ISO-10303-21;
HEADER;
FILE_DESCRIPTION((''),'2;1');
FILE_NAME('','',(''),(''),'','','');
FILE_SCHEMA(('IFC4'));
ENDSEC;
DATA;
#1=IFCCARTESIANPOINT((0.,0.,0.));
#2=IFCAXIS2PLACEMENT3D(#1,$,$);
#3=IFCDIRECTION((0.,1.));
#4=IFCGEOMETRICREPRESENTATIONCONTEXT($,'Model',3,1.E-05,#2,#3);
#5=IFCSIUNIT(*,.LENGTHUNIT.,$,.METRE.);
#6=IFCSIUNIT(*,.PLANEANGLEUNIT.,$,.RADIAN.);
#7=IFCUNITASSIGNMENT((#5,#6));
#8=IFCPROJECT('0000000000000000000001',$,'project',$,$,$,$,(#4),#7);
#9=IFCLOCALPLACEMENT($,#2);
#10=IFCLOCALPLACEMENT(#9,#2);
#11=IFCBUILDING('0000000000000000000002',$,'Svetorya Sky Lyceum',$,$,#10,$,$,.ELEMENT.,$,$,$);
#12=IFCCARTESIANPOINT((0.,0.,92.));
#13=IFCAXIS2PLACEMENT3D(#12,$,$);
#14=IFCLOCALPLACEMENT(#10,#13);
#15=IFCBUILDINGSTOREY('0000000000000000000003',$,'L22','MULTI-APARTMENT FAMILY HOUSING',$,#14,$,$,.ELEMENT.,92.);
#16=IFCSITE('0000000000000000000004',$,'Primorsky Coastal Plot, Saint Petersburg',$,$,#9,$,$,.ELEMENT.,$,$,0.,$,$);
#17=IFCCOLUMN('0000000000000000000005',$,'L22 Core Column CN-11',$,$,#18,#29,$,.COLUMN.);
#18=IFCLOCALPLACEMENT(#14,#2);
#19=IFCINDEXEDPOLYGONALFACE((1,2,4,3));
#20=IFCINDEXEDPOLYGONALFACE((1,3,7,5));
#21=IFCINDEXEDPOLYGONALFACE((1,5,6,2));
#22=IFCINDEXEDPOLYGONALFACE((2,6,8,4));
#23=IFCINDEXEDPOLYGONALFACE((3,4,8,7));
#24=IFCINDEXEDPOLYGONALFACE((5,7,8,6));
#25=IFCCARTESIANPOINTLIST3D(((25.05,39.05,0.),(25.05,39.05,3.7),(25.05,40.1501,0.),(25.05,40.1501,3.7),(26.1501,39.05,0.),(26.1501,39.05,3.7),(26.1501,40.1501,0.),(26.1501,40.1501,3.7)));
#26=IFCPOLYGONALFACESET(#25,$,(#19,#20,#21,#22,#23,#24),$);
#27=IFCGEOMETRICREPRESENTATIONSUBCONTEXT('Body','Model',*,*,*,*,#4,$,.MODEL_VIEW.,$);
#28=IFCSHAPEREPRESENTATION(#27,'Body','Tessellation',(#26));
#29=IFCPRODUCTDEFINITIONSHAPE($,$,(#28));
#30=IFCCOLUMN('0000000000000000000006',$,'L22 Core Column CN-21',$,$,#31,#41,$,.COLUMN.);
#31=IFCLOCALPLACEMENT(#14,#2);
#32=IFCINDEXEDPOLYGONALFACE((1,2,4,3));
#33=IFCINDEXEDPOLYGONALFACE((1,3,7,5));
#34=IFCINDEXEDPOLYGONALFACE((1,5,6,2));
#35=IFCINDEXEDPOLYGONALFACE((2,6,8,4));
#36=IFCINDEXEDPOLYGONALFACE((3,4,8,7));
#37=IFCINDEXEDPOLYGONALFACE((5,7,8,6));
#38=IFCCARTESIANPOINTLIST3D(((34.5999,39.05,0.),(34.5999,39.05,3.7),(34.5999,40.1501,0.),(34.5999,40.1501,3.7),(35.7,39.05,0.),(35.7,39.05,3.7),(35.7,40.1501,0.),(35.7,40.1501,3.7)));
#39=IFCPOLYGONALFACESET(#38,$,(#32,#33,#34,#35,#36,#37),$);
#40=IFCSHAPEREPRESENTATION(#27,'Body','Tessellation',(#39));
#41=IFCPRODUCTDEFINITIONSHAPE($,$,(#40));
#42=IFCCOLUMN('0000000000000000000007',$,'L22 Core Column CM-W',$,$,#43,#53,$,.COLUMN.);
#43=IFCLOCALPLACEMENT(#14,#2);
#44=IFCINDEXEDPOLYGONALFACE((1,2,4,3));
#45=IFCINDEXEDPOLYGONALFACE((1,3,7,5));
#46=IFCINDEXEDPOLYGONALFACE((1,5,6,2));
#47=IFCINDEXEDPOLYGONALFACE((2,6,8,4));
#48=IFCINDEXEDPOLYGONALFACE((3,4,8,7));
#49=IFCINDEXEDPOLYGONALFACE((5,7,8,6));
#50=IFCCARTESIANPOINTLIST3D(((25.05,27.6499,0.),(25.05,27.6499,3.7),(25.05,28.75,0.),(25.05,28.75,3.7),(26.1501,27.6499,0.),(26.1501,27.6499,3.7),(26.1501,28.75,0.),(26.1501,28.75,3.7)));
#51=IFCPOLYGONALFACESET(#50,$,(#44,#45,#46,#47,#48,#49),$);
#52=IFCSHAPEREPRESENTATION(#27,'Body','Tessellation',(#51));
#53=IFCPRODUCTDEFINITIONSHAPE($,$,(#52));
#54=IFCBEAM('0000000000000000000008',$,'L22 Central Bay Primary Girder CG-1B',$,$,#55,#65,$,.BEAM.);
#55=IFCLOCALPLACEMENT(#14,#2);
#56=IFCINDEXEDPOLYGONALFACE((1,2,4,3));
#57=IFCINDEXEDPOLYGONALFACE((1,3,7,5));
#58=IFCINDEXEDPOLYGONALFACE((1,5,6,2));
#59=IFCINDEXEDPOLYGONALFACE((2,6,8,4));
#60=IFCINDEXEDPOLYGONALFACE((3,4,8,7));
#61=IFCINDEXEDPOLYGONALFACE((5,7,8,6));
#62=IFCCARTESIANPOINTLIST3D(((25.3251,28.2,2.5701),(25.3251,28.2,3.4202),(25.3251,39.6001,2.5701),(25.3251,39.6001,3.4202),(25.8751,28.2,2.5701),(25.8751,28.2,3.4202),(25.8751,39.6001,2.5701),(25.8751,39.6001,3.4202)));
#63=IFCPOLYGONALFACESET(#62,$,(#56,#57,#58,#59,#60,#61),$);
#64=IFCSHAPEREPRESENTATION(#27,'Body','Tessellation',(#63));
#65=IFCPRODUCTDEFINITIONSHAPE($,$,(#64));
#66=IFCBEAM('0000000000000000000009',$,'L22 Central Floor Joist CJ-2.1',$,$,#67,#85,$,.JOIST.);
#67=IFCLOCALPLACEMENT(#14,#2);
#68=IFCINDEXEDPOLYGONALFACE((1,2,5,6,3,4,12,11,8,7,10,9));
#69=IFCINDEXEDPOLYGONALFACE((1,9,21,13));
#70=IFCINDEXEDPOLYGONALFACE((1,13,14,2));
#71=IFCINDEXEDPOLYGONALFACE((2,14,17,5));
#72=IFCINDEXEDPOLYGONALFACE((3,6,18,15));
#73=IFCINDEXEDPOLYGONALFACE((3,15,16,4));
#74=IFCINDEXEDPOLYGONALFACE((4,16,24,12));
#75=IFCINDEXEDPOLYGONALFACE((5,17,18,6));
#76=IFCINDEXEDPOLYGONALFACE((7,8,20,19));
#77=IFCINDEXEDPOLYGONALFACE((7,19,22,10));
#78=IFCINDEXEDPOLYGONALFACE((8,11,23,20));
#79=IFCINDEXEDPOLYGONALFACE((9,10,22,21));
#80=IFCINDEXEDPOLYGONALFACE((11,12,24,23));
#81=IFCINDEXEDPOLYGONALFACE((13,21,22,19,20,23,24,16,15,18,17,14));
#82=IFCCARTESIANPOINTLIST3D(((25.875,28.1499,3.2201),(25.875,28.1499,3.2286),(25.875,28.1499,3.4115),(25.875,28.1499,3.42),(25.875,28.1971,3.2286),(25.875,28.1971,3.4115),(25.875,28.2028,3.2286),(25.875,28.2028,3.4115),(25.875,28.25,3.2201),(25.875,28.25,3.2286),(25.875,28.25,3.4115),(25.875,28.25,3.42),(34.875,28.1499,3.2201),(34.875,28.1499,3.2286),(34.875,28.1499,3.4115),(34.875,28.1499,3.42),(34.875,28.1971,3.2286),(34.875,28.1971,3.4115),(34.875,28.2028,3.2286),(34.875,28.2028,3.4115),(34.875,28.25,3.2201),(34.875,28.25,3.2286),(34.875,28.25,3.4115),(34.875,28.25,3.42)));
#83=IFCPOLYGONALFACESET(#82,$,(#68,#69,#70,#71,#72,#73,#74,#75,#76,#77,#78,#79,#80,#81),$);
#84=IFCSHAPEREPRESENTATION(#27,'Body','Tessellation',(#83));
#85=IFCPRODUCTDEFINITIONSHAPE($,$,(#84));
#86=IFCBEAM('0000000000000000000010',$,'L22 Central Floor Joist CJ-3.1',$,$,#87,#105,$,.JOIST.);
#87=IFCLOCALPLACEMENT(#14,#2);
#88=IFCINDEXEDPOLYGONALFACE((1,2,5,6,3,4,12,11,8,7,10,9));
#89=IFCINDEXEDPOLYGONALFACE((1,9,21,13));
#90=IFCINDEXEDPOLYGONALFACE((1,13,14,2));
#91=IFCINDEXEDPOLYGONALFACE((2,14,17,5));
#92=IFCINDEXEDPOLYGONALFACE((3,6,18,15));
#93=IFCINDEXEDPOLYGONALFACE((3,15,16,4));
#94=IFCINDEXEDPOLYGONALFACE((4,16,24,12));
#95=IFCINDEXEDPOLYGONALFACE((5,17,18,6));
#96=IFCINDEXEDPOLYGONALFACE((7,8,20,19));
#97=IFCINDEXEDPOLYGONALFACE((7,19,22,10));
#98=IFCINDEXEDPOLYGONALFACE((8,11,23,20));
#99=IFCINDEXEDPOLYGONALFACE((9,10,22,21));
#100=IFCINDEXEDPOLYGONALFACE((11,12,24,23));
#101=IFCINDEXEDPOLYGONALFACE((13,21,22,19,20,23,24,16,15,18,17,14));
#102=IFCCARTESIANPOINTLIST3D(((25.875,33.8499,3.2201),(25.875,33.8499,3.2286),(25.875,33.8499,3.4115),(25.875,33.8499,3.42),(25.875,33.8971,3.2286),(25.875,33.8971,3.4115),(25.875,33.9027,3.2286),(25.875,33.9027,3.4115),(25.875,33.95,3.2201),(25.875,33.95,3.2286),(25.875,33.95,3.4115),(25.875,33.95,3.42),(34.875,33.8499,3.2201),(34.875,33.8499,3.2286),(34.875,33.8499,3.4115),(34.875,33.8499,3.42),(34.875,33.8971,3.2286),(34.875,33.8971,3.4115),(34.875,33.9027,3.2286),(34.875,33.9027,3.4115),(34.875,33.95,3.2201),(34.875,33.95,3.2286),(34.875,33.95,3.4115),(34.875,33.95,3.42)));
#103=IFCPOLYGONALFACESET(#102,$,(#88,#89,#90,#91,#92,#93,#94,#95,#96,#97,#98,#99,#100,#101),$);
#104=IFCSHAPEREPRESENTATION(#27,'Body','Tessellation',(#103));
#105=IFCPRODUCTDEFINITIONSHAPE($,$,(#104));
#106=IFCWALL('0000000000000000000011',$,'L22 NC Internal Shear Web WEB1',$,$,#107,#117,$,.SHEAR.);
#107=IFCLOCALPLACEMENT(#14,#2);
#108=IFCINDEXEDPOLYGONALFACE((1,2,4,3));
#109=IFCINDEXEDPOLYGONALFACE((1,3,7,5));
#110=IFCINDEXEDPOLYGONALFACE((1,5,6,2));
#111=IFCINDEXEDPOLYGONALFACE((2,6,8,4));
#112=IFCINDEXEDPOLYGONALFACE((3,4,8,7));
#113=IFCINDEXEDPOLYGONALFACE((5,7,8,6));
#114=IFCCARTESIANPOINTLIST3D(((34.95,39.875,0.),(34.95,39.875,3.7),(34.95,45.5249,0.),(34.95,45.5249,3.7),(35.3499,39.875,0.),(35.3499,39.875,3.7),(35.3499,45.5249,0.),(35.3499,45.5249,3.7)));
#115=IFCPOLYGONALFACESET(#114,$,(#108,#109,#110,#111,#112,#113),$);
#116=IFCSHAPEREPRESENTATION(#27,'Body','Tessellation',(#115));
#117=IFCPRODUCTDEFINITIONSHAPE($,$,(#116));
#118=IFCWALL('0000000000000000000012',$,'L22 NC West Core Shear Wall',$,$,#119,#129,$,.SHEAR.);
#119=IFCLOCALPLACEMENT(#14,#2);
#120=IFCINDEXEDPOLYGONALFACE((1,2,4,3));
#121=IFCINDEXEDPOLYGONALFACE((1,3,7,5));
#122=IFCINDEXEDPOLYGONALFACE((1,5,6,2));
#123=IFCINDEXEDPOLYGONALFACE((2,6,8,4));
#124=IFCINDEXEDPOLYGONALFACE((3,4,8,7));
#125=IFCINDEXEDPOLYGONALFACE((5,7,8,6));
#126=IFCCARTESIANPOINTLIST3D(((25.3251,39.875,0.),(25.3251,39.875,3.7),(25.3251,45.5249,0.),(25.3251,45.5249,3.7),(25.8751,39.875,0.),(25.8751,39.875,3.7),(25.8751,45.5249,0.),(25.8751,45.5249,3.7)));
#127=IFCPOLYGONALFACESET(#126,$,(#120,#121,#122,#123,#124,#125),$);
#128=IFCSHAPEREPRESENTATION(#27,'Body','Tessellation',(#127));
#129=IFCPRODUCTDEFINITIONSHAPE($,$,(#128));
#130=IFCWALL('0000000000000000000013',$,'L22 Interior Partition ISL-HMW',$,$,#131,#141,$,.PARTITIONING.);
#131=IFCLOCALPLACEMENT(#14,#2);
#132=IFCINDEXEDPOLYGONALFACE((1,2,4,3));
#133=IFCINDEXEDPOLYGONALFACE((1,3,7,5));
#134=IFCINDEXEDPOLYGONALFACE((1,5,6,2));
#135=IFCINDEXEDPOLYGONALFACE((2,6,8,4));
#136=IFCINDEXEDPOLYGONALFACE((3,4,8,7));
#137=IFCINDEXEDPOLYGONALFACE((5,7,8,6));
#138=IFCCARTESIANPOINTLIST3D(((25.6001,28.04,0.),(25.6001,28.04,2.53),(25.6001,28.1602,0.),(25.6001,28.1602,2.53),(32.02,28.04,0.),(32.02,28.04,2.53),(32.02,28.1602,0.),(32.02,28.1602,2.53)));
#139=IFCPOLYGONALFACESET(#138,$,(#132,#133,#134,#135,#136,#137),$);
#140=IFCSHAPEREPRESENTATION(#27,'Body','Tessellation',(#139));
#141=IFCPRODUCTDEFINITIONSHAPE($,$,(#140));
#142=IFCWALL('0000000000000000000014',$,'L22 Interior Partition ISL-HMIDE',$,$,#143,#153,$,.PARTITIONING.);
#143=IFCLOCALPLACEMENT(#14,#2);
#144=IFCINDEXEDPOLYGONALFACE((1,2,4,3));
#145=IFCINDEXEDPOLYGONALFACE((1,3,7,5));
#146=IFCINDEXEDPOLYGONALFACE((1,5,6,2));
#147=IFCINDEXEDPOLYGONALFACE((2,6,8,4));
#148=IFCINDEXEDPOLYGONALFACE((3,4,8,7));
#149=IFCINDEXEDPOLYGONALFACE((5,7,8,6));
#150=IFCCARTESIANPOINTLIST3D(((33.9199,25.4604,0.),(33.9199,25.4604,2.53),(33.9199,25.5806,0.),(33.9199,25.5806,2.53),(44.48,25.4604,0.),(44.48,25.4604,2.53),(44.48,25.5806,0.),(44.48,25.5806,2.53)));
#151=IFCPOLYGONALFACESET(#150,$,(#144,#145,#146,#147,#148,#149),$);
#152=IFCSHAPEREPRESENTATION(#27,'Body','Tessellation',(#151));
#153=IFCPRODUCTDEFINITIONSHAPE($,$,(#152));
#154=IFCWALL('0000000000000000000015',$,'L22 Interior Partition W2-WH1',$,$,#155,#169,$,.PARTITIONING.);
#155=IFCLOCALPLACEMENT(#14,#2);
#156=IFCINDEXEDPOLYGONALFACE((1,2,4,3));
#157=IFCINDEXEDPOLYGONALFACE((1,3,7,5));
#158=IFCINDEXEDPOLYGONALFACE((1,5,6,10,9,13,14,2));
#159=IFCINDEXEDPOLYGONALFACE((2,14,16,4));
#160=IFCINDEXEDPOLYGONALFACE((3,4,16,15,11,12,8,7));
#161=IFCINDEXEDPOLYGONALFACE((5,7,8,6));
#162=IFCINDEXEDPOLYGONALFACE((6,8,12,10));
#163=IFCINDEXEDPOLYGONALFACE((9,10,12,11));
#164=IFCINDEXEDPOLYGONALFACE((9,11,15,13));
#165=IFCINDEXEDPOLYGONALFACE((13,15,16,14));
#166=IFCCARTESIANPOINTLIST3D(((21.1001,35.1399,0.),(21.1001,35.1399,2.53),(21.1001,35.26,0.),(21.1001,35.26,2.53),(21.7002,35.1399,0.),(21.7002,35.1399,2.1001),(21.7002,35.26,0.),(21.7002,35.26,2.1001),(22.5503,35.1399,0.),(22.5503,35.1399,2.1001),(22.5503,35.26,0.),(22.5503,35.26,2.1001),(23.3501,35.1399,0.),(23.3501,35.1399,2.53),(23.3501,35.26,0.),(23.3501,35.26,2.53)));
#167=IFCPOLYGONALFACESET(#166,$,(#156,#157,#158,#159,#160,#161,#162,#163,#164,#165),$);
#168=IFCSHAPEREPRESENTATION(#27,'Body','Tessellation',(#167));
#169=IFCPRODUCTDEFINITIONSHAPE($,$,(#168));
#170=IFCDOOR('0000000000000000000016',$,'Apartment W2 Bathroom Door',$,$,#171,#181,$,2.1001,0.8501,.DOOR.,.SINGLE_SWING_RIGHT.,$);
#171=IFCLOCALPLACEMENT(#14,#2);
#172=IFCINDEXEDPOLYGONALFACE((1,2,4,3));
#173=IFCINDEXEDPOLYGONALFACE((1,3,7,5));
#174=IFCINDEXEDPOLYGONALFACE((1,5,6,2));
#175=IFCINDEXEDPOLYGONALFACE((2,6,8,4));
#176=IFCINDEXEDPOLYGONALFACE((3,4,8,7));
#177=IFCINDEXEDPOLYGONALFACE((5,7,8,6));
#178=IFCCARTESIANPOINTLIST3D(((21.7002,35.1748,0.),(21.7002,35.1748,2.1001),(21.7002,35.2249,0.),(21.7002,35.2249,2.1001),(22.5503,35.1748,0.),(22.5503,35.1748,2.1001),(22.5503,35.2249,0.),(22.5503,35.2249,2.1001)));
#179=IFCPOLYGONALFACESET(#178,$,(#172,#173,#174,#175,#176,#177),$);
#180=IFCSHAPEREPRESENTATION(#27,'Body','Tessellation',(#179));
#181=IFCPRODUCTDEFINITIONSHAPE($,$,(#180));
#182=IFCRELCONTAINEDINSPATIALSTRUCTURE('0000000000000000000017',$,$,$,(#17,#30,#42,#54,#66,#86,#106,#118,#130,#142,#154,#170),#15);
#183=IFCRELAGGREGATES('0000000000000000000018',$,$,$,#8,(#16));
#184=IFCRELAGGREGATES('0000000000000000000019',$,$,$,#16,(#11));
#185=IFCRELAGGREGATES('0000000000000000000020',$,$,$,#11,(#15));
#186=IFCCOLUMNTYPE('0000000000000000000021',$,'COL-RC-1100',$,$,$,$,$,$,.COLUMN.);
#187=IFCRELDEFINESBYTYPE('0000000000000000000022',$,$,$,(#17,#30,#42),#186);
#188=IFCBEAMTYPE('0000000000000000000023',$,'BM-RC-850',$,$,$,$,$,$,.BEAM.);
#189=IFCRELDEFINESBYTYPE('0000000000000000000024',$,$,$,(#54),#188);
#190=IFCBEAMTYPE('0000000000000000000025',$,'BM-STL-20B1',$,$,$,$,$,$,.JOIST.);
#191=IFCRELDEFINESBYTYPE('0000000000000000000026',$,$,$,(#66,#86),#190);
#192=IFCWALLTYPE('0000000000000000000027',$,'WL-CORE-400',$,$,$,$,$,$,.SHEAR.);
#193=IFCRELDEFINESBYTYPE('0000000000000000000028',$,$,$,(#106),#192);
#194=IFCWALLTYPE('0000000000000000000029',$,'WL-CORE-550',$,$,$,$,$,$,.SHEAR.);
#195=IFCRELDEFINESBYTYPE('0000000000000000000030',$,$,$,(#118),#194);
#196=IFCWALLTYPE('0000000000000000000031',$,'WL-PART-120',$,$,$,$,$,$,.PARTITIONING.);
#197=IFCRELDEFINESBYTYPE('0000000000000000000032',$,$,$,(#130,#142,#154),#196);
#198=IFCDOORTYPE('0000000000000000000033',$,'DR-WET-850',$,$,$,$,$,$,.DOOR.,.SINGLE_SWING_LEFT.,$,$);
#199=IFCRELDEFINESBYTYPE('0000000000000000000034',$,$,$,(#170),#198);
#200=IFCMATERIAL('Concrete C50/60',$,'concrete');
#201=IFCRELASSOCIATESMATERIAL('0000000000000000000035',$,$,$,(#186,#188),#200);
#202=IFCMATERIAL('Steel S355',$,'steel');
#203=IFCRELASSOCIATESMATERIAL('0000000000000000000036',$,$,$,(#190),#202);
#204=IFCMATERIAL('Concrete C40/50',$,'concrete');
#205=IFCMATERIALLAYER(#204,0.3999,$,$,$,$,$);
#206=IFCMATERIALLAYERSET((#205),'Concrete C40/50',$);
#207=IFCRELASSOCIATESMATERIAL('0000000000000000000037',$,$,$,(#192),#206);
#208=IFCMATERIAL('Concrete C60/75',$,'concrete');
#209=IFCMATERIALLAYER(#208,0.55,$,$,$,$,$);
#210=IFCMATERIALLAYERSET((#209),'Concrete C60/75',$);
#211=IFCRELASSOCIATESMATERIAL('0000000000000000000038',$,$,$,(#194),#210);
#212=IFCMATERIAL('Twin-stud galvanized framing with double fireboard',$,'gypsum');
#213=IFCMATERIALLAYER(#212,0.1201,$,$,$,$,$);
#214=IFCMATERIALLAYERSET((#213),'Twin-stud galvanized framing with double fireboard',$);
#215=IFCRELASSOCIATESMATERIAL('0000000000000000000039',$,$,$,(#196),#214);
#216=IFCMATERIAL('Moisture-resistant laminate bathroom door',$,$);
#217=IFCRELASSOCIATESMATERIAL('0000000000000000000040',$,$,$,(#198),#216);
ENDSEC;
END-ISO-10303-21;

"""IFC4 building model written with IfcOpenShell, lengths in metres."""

from ifc_helpers import new_model, si_unit, direction, frame, frame_2d, origin, origin_2d, place, context, subcontext, project, spatial, rectangle, i_section, extrude, material, layer, layer_set, material_profile, profile_set, type_object, element, fill, save


model = new_model("IFC4")

# Units and contexts
model_context = context("Model", 3, precision=1e-05, world=origin(), true_north=direction((0.0, 1.0)))
body_context = subcontext(model_context, "Body", "Model", "MODEL_VIEW")
ifc_project = project(units=[si_unit("LENGTHUNIT", "METRE"), si_unit("PLANEANGLEUNIT", "RADIAN")], contexts=[model_context])

# Site, building, storey
site_placement = place(None, origin())
site = spatial("IfcSite", under=ifc_project, at=site_placement, Name="Primorsky Coastal Plot, Saint Petersburg", CompositionType="ELEMENT", RefElevation=0.0)
building_placement = place(site_placement, origin())
building = spatial("IfcBuilding", under=site, at=building_placement, Name="Svetorya Sky Lyceum", CompositionType="ELEMENT")
storey_placement = place(building_placement, frame((0.0, 0.0, 92.0)))
storey = spatial("IfcBuildingStorey", under=building, at=storey_placement, Name="L22", Description="MULTI-APARTMENT FAMILY HOUSING", CompositionType="ELEMENT", Elevation=92.0)

# Columns
ifc_material_1 = material(Name="Concrete C50/60", Category="concrete")
ifc_material_profile_1 = material_profile(ifc_material_1, rectangle(XDim=1.1001, YDim=1.1001, at=origin_2d()), Name="RC COL 1100x1100")
ifc_profile_set_1 = profile_set([ifc_material_profile_1], Name="Concrete C50/60")
column_type = type_object("IfcColumnType", Name="COL-RC-1100", PredefinedType="COLUMN", material=ifc_profile_set_1)
for number, where, z_axis, x_axis, name in (
    (1, (25.6001, 39.6001, 0.0), (0.0, 0.0, 1.0), (1.0, 0.0, 0.0), "L22 Core Column CN-11"),
    (2, (35.1499, 39.6001, 0.0), (0.0, 0.0, 1.0), (1.0, 0.0, 0.0), "L22 Core Column CN-21"),
    (3, (25.6001, 28.2, 0.0), (0.0, 0.0, 1.0), (1.0, 0.0, 0.0), "L22 Core Column CM-W"),
):
    element("IfcColumn", number, at=place(storey_placement, frame(where, z_axis=z_axis, x_axis=x_axis)), inside=storey, type_object=column_type, Name=name, PredefinedType="COLUMN", context=body_context, shape_type="SweptSolid", body=[
        extrude(rectangle(XDim=1.1001, YDim=1.1001, at=origin_2d()), origin(), (0.0, 0.0, 1.0), 3.7),
    ])

# Beams
ifc_material_profile_2 = material_profile(ifc_material_1, rectangle(XDim=0.55, YDim=0.8501, at=origin_2d()), Name="RC BEAM 550x850")
ifc_profile_set_2 = profile_set([ifc_material_profile_2], Name="Concrete C50/60")
beam_type_1 = type_object("IfcBeamType", Name="BM-RC-850", PredefinedType="BEAM", material=ifc_profile_set_2)
beam_placement = place(storey_placement, frame((25.6001, 28.2, 2.9951), z_axis=(0.0, 1.0, 0.0), x_axis=(-1.0, 0.0, 0.0)))
element("IfcBeam", 4, at=beam_placement, inside=storey, type_object=beam_type_1, Name="L22 Central Bay Primary Girder CG-1B", PredefinedType="BEAM", context=body_context, shape_type="SweptSolid", body=[
    extrude(rectangle(XDim=0.55, YDim=0.8501, at=origin_2d()), origin(), (0.0, 0.0, 1.0), 11.4001),
])
ifc_material_2 = material(Name="Steel S355", Category="steel")
ifc_material_profile_3 = material_profile(ifc_material_2, i_section(OverallWidth=0.1001, OverallDepth=0.2, WebThickness=0.0056, FlangeThickness=0.0085, at=origin_2d()), Name="GOST 20B1")
ifc_profile_set_3 = profile_set([ifc_material_profile_3], Name="Steel S355")
beam_type_2 = type_object("IfcBeamType", Name="BM-STL-20B1", PredefinedType="JOIST", material=ifc_profile_set_3)
for number, where, z_axis, x_axis, name in (
    (5, (25.875, 28.2, 3.3201), (1.0, 0.0, 0.0), (0.0, 1.0, 0.0), "L22 Central Floor Joist CJ-2.1"),
    (6, (25.875, 33.8999, 3.3201), (1.0, 0.0, 0.0), (0.0, 1.0, 0.0), "L22 Central Floor Joist CJ-3.1"),
):
    element("IfcBeam", number, at=place(storey_placement, frame(where, z_axis=z_axis, x_axis=x_axis)), inside=storey, type_object=beam_type_2, Name=name, PredefinedType="JOIST", context=body_context, shape_type="SweptSolid", body=[
        extrude(i_section(OverallWidth=0.1001, OverallDepth=0.2, WebThickness=0.0056, FlangeThickness=0.0085, at=origin_2d()), origin(), (0.0, 0.0, 1.0), 9.0),
    ])

# Walls
ifc_material_3 = material(Name="Concrete C40/50", Category="concrete")
ifc_layer_1 = layer(ifc_material_3, 0.3999)
ifc_layer_set_1 = layer_set([ifc_layer_1], Name="Concrete C40/50")
wall_type_1 = type_object("IfcWallType", Name="WL-CORE-400", PredefinedType="SHEAR", material=ifc_layer_set_1)
wall_1_placement = place(storey_placement, frame((35.1499, 39.875, 0.0), z_axis=(0.0, 0.0, 1.0), x_axis=(0.0, 1.0, 0.0)))
element("IfcWall", 7, at=wall_1_placement, inside=storey, type_object=wall_type_1, Name="L22 NC Internal Shear Web WEB1", PredefinedType="SHEAR", context=body_context, shape_type="SweptSolid", body=[
    extrude(rectangle(XDim=5.6499, YDim=0.3999, at=frame_2d((2.825, 0.0))), origin(), (0.0, 0.0, 1.0), 3.7),
])
ifc_material_4 = material(Name="Concrete C60/75", Category="concrete")
ifc_layer_2 = layer(ifc_material_4, 0.55)
ifc_layer_set_2 = layer_set([ifc_layer_2], Name="Concrete C60/75")
wall_type_2 = type_object("IfcWallType", Name="WL-CORE-550", PredefinedType="SHEAR", material=ifc_layer_set_2)
wall_2_placement = place(storey_placement, frame((25.6001, 39.875, 0.0), z_axis=(0.0, 0.0, 1.0), x_axis=(0.0, 1.0, 0.0)))
element("IfcWall", 8, at=wall_2_placement, inside=storey, type_object=wall_type_2, Name="L22 NC West Core Shear Wall", PredefinedType="SHEAR", context=body_context, shape_type="SweptSolid", body=[
    extrude(rectangle(XDim=5.6499, YDim=0.55, at=frame_2d((2.825, 0.0))), origin(), (0.0, 0.0, 1.0), 3.7),
])
ifc_material_5 = material(Name="Twin-stud galvanized framing with double fireboard", Category="gypsum")
ifc_layer_3 = layer(ifc_material_5, 0.1201)
ifc_layer_set_3 = layer_set([ifc_layer_3], Name="Twin-stud galvanized framing with double fireboard")
wall_type_3 = type_object("IfcWallType", Name="WL-PART-120", PredefinedType="PARTITIONING", material=ifc_layer_set_3)
wall_3_placement = place(storey_placement, frame((25.6001, 28.1001, 0.0), z_axis=(0.0, 0.0, 1.0), x_axis=(1.0, 0.0, 0.0)))
element("IfcWall", 9, at=wall_3_placement, inside=storey, type_object=wall_type_3, Name="L22 Interior Partition ISL-HMW", PredefinedType="PARTITIONING", context=body_context, shape_type="SweptSolid", body=[
    extrude(rectangle(XDim=6.4199, YDim=0.1201, at=frame_2d((3.21, 0.0))), origin(), (0.0, 0.0, 1.0), 2.53),
])
wall_4_placement = place(storey_placement, frame((33.9199, 25.5205, 0.0), z_axis=(0.0, 0.0, 1.0), x_axis=(1.0, 0.0, 0.0)))
element("IfcWall", 10, at=wall_4_placement, inside=storey, type_object=wall_type_3, Name="L22 Interior Partition ISL-HMIDE", PredefinedType="PARTITIONING", context=body_context, shape_type="SweptSolid", body=[
    extrude(rectangle(XDim=10.5601, YDim=0.1201, at=frame_2d((5.28, 0.0))), origin(), (0.0, 0.0, 1.0), 2.53),
])

# Wall, opening, door
wall_5_placement = place(storey_placement, frame((21.1001, 35.2, 0.0), z_axis=(0.0, 0.0, 1.0), x_axis=(1.0, 0.0, 0.0)))
wall_5 = element("IfcWall", 11, at=wall_5_placement, inside=storey, type_object=wall_type_3, Name="L22 Interior Partition W2-WH1", PredefinedType="PARTITIONING", context=body_context, shape_type="SweptSolid", body=[
    extrude(rectangle(XDim=2.25, YDim=0.1201, at=frame_2d((1.125, 0.0))), origin(), (0.0, 0.0, 1.0), 2.53),
])
opening_1_placement = place(wall_5_placement, frame((0.6001, 0.0, 0.0)))
opening_1 = element("IfcOpeningElement", 12, at=opening_1_placement, cuts=wall_5, PredefinedType="OPENING", context=body_context, shape_type="SweptSolid", body=[
    extrude(rectangle(XDim=0.8501, YDim=2.1001, at=frame_2d((0.425, 1.05))), frame((0.0, 0.0701, 0.0), z_axis=(0.0, -1.0, 0.0), x_axis=(1.0, 0.0, 0.0)), (0.0, 0.0, 1.0), 0.1401),
])
ifc_material_6 = material(Name="Moisture-resistant laminate bathroom door")
door_type_1 = type_object("IfcDoorType", Name="DR-WET-850", OperationType="SINGLE_SWING_LEFT", PredefinedType="DOOR", material=ifc_material_6)
door_1_placement = place(opening_1_placement, origin())
door_1 = element("IfcDoor", 13, at=door_1_placement, inside=storey, type_object=door_type_1, Name="Apartment W2 Bathroom Door", OperationType="SINGLE_SWING_RIGHT", OverallHeight=2.1001, OverallWidth=0.8501, PredefinedType="DOOR", context=body_context, shape_type="SweptSolid", body=[
    extrude(rectangle(XDim=0.8501, YDim=2.1001, at=frame_2d((0.425, 1.05))), frame((0.0, 0.0249, 0.0), z_axis=(0.0, -1.0, 0.0), x_axis=(1.0, 0.0, 0.0)), (0.0, 0.0, 1.0), 0.05),
])
fill(opening_1, door_1)

save(model, "model.ifc")
